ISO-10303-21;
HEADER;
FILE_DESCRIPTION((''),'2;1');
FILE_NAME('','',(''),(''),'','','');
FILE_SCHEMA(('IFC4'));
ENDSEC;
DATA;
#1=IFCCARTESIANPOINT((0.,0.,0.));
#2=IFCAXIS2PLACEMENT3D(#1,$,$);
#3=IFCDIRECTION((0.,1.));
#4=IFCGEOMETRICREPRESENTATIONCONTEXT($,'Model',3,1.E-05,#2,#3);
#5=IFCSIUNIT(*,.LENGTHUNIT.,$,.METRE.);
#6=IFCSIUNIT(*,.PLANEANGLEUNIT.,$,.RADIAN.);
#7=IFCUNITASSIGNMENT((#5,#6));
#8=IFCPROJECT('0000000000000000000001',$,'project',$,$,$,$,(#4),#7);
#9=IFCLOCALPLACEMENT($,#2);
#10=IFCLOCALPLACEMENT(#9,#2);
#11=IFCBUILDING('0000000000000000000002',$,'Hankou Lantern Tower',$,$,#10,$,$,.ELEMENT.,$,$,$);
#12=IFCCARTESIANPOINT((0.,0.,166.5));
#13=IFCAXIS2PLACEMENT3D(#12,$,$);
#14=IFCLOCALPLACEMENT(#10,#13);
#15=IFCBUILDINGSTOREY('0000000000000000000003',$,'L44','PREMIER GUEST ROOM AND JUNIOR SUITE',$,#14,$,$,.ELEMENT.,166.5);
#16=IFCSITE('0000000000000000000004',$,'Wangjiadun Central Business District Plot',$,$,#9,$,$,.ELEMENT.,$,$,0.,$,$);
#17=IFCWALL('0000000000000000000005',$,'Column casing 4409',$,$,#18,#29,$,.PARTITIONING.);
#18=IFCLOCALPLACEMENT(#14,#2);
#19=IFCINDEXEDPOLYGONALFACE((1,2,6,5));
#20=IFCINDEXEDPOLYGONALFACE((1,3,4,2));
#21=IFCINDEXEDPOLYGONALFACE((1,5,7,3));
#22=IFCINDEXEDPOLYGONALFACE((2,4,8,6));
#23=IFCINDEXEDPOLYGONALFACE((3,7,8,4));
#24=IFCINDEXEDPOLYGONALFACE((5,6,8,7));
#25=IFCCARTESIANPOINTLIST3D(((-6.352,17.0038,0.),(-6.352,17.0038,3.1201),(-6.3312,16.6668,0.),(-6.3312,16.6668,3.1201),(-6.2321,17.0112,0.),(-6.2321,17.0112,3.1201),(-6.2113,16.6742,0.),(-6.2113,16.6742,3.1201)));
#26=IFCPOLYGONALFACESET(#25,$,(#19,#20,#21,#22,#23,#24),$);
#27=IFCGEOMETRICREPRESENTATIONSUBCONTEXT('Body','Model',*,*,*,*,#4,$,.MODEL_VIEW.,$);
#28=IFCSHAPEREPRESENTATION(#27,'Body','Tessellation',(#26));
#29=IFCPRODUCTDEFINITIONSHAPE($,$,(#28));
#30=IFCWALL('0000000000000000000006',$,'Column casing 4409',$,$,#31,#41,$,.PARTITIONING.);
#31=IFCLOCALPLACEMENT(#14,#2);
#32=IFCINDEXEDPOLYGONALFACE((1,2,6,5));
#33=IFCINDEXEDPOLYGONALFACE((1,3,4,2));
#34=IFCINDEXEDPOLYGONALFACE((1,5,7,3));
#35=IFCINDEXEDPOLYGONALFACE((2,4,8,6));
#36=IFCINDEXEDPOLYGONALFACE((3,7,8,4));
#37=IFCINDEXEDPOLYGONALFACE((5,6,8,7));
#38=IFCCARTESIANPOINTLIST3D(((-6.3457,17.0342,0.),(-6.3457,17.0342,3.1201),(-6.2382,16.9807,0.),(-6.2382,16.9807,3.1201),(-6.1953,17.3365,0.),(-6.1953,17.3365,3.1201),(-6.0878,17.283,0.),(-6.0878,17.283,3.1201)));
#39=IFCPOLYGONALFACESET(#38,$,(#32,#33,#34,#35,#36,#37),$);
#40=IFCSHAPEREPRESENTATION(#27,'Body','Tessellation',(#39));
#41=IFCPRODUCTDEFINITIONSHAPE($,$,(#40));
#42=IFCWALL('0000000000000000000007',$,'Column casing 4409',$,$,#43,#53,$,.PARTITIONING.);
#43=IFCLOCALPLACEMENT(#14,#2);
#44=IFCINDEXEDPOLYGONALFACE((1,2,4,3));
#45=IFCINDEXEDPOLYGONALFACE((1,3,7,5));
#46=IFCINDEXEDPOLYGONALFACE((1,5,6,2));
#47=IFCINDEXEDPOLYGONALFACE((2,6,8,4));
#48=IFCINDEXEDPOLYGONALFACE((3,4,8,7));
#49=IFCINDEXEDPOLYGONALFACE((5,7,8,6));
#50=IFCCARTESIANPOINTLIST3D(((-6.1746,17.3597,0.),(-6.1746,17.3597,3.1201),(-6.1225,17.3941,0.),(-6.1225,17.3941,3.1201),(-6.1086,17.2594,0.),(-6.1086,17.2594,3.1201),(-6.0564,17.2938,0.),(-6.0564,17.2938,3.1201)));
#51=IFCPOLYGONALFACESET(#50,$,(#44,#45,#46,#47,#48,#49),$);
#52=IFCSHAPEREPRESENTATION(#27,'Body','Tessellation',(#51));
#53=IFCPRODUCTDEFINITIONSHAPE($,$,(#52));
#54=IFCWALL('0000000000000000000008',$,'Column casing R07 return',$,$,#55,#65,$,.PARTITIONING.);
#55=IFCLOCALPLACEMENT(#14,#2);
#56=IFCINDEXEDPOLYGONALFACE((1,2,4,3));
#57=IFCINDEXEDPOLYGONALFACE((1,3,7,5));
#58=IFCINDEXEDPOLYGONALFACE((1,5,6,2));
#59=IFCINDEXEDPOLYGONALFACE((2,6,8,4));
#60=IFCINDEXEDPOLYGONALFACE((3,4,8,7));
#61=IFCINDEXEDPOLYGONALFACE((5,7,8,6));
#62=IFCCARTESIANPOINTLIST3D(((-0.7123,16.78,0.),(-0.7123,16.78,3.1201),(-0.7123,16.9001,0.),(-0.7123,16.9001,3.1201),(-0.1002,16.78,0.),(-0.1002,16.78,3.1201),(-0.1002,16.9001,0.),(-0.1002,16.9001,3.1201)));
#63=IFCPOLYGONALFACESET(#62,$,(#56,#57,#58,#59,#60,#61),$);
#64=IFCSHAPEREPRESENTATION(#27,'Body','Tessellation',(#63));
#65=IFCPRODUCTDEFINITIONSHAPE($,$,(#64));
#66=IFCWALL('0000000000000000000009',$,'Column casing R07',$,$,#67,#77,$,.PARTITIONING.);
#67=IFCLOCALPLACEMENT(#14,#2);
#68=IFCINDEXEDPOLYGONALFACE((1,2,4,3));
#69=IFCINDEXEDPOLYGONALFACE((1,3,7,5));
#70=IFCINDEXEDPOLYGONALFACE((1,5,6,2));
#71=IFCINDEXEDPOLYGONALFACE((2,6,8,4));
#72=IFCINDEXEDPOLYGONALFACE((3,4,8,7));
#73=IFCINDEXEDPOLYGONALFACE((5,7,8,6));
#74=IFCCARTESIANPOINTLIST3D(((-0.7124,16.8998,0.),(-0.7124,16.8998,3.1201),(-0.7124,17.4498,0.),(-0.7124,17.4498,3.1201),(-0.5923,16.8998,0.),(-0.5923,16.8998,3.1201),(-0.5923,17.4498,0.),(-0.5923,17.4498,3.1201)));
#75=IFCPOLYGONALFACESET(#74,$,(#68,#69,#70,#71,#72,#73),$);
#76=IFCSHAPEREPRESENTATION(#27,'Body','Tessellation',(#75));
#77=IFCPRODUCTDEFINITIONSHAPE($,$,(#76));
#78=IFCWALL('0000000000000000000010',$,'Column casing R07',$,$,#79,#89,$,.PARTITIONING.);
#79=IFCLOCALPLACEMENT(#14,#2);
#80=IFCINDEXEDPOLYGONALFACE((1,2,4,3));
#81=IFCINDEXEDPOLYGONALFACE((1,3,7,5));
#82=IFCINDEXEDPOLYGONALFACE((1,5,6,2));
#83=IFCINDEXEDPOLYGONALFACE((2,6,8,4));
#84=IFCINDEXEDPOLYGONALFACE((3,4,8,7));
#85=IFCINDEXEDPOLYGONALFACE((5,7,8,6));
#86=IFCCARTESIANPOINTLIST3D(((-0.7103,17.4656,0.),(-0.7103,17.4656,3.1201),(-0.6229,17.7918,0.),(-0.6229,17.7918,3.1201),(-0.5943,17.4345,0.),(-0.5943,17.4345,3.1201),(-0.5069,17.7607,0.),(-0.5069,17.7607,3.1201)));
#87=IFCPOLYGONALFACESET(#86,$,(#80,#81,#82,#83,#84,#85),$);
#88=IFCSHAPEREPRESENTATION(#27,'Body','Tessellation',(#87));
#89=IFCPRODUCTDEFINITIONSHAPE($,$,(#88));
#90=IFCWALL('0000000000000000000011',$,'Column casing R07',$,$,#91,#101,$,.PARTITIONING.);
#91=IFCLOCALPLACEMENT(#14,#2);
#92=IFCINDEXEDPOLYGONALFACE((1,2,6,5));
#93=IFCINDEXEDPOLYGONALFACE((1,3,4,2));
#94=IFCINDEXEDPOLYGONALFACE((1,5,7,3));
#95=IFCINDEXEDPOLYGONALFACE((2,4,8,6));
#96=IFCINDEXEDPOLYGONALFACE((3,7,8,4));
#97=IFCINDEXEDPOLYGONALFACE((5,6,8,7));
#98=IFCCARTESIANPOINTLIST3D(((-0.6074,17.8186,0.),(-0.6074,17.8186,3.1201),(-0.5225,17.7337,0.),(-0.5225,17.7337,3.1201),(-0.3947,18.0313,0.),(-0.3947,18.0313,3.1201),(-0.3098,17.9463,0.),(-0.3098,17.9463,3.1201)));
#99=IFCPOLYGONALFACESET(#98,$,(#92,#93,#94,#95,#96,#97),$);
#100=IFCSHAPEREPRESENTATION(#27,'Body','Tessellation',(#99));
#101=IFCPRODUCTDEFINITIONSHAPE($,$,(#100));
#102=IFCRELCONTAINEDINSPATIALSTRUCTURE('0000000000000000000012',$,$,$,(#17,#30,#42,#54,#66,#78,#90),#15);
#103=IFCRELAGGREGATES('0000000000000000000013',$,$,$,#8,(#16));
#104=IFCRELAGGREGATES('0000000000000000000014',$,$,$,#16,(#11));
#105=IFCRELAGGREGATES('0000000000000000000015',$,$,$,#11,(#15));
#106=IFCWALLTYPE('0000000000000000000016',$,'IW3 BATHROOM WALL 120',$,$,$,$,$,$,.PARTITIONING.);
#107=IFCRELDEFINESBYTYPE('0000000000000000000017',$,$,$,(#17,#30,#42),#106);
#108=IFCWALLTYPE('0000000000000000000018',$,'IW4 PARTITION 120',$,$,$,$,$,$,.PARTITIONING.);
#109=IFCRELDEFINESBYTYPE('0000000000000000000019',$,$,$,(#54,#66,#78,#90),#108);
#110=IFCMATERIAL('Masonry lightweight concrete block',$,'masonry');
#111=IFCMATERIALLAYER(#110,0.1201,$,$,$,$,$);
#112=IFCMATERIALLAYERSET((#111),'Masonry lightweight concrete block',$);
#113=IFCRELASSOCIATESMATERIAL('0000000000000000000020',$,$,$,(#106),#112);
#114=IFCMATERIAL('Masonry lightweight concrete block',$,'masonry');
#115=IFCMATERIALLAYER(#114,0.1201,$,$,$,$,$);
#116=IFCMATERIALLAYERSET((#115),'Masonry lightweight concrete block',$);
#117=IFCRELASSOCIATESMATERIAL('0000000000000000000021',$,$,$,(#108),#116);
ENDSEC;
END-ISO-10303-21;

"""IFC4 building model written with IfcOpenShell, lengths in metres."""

from ifc_helpers import new_model, si_unit, direction, frame, frame_2d, origin, place, context, subcontext, project, spatial, rectangle, extrude, material, layer, layer_set, type_object, element, save


model = new_model("IFC4")

# Units and contexts
model_context = context("Model", 3, precision=1e-05, world=origin(), true_north=direction((0.0, 1.0)))
body_context = subcontext(model_context, "Body", "Model", "MODEL_VIEW")
ifc_project = project(units=[si_unit("LENGTHUNIT", "METRE"), si_unit("PLANEANGLEUNIT", "RADIAN")], contexts=[model_context])

# Site, building, storey
site_placement = place(None, origin())
site = spatial("IfcSite", under=ifc_project, at=site_placement, Name="Wangjiadun Central Business District Plot", CompositionType="ELEMENT", RefElevation=0.0)
building_placement = place(site_placement, origin())
building = spatial("IfcBuilding", under=site, at=building_placement, Name="Hankou Lantern Tower", CompositionType="ELEMENT")
storey_placement = place(building_placement, frame((0.0, 0.0, 166.5)))
storey = spatial("IfcBuildingStorey", under=building, at=storey_placement, Name="L44", Description="PREMIER GUEST ROOM AND JUNIOR SUITE", CompositionType="ELEMENT", Elevation=166.5)

# Shared definitions
ifc_material_1 = material(Name="Masonry lightweight concrete block", Category="masonry")
ifc_layer_1 = layer(ifc_material_1, 0.1201)
ifc_layer_set_1 = layer_set([ifc_layer_1], Name="Masonry lightweight concrete block")
wall_type_1 = type_object("IfcWallType", Name="IW3 BATHROOM WALL 120", PredefinedType="PARTITIONING", material=ifc_layer_set_1)

# Walls
for number, where, z_axis, x_axis, name in (
    (1, (-6.2712, 16.6704, 0.0), (0.0, 0.0, 1.0), (-0.061478, 0.998108, 0.0), "Column casing 4409"),
    (2, (-6.292, 17.0073, 0.0), (0.0, 0.0, 1.0), (0.445477, 0.895293, 0.0), "Column casing 4409"),
):
    element("IfcWall", number, at=place(storey_placement, frame(where, z_axis=z_axis, x_axis=x_axis)), inside=storey, type_object=wall_type_1, Name=name, PredefinedType="PARTITIONING", context=body_context, shape_type="SweptSolid", body=[
        extrude(rectangle(XDim=0.3376, YDim=0.1201, at=frame_2d((0.1689, 0.0))), origin(), (0.0, 0.0, 1.0), 3.1201),
    ])
wall_1_placement = place(storey_placement, frame((-6.1416, 17.3096, 0.0), z_axis=(0.0, 0.0, 1.0), x_axis=(0.83504, 0.55019, 0.0)))
element("IfcWall", 3, at=wall_1_placement, inside=storey, type_object=wall_type_1, Name="Column casing 4409", PredefinedType="PARTITIONING", context=body_context, shape_type="SweptSolid", body=[
    extrude(rectangle(XDim=0.0625, YDim=0.1201, at=frame_2d((0.0312, 0.0))), origin(), (0.0, 0.0, 1.0), 3.1201),
])
ifc_material_2 = material(Name="Masonry lightweight concrete block", Category="masonry")
ifc_layer_2 = layer(ifc_material_2, 0.1201)
ifc_layer_set_2 = layer_set([ifc_layer_2], Name="Masonry lightweight concrete block")
wall_type_2 = type_object("IfcWallType", Name="IW4 PARTITION 120", PredefinedType="PARTITIONING", material=ifc_layer_set_2)
wall_2_placement = place(storey_placement, frame((-0.1001, 16.8401, 0.0), z_axis=(0.0, 0.0, 1.0), x_axis=(-1.0, 0.0, 0.0)))
element("IfcWall", 4, at=wall_2_placement, inside=storey, type_object=wall_type_2, Name="Column casing R07 return", PredefinedType="PARTITIONING", context=body_context, shape_type="SweptSolid", body=[
    extrude(rectangle(XDim=0.6121, YDim=0.1201, at=frame_2d((0.3062, 0.0))), origin(), (0.0, 0.0, 1.0), 3.1201),
])
wall_3_placement = place(storey_placement, frame((-0.6523, 16.8999, 0.0), z_axis=(0.0, 0.0, 1.0), x_axis=(0.0, 1.0, 0.0)))
element("IfcWall", 5, at=wall_3_placement, inside=storey, type_object=wall_type_2, Name="Column casing R07", PredefinedType="PARTITIONING", context=body_context, shape_type="SweptSolid", body=[
    extrude(rectangle(XDim=0.55, YDim=0.1201, at=frame_2d((0.2749, 0.0))), origin(), (0.0, 0.0, 1.0), 3.1201),
])
wall_4_placement = place(storey_placement, frame((-0.6523, 17.45, 0.0), z_axis=(0.0, 0.0, 1.0), x_axis=(0.258832, 0.965922, 0.0)))
element("IfcWall", 6, at=wall_4_placement, inside=storey, type_object=wall_type_2, Name="Column casing R07", PredefinedType="PARTITIONING", context=body_context, shape_type="SweptSolid", body=[
    extrude(rectangle(XDim=0.3376, YDim=0.1201, at=frame_2d((0.1689, 0.0))), origin(), (0.0, 0.0, 1.0), 3.1201),
])
wall_5_placement = place(storey_placement, frame((-0.5649, 17.7761, 0.0), z_axis=(0.0, 0.0, 1.0), x_axis=(0.707107, 0.707107, 0.0)))
element("IfcWall", 7, at=wall_5_placement, inside=storey, type_object=wall_type_2, Name="Column casing R07", PredefinedType="PARTITIONING", context=body_context, shape_type="SweptSolid", body=[
    extrude(rectangle(XDim=0.3008, YDim=0.1201, at=frame_2d((0.1504, 0.0))), origin(), (0.0, 0.0, 1.0), 3.1201),
])

save(model, "model.ifc")
